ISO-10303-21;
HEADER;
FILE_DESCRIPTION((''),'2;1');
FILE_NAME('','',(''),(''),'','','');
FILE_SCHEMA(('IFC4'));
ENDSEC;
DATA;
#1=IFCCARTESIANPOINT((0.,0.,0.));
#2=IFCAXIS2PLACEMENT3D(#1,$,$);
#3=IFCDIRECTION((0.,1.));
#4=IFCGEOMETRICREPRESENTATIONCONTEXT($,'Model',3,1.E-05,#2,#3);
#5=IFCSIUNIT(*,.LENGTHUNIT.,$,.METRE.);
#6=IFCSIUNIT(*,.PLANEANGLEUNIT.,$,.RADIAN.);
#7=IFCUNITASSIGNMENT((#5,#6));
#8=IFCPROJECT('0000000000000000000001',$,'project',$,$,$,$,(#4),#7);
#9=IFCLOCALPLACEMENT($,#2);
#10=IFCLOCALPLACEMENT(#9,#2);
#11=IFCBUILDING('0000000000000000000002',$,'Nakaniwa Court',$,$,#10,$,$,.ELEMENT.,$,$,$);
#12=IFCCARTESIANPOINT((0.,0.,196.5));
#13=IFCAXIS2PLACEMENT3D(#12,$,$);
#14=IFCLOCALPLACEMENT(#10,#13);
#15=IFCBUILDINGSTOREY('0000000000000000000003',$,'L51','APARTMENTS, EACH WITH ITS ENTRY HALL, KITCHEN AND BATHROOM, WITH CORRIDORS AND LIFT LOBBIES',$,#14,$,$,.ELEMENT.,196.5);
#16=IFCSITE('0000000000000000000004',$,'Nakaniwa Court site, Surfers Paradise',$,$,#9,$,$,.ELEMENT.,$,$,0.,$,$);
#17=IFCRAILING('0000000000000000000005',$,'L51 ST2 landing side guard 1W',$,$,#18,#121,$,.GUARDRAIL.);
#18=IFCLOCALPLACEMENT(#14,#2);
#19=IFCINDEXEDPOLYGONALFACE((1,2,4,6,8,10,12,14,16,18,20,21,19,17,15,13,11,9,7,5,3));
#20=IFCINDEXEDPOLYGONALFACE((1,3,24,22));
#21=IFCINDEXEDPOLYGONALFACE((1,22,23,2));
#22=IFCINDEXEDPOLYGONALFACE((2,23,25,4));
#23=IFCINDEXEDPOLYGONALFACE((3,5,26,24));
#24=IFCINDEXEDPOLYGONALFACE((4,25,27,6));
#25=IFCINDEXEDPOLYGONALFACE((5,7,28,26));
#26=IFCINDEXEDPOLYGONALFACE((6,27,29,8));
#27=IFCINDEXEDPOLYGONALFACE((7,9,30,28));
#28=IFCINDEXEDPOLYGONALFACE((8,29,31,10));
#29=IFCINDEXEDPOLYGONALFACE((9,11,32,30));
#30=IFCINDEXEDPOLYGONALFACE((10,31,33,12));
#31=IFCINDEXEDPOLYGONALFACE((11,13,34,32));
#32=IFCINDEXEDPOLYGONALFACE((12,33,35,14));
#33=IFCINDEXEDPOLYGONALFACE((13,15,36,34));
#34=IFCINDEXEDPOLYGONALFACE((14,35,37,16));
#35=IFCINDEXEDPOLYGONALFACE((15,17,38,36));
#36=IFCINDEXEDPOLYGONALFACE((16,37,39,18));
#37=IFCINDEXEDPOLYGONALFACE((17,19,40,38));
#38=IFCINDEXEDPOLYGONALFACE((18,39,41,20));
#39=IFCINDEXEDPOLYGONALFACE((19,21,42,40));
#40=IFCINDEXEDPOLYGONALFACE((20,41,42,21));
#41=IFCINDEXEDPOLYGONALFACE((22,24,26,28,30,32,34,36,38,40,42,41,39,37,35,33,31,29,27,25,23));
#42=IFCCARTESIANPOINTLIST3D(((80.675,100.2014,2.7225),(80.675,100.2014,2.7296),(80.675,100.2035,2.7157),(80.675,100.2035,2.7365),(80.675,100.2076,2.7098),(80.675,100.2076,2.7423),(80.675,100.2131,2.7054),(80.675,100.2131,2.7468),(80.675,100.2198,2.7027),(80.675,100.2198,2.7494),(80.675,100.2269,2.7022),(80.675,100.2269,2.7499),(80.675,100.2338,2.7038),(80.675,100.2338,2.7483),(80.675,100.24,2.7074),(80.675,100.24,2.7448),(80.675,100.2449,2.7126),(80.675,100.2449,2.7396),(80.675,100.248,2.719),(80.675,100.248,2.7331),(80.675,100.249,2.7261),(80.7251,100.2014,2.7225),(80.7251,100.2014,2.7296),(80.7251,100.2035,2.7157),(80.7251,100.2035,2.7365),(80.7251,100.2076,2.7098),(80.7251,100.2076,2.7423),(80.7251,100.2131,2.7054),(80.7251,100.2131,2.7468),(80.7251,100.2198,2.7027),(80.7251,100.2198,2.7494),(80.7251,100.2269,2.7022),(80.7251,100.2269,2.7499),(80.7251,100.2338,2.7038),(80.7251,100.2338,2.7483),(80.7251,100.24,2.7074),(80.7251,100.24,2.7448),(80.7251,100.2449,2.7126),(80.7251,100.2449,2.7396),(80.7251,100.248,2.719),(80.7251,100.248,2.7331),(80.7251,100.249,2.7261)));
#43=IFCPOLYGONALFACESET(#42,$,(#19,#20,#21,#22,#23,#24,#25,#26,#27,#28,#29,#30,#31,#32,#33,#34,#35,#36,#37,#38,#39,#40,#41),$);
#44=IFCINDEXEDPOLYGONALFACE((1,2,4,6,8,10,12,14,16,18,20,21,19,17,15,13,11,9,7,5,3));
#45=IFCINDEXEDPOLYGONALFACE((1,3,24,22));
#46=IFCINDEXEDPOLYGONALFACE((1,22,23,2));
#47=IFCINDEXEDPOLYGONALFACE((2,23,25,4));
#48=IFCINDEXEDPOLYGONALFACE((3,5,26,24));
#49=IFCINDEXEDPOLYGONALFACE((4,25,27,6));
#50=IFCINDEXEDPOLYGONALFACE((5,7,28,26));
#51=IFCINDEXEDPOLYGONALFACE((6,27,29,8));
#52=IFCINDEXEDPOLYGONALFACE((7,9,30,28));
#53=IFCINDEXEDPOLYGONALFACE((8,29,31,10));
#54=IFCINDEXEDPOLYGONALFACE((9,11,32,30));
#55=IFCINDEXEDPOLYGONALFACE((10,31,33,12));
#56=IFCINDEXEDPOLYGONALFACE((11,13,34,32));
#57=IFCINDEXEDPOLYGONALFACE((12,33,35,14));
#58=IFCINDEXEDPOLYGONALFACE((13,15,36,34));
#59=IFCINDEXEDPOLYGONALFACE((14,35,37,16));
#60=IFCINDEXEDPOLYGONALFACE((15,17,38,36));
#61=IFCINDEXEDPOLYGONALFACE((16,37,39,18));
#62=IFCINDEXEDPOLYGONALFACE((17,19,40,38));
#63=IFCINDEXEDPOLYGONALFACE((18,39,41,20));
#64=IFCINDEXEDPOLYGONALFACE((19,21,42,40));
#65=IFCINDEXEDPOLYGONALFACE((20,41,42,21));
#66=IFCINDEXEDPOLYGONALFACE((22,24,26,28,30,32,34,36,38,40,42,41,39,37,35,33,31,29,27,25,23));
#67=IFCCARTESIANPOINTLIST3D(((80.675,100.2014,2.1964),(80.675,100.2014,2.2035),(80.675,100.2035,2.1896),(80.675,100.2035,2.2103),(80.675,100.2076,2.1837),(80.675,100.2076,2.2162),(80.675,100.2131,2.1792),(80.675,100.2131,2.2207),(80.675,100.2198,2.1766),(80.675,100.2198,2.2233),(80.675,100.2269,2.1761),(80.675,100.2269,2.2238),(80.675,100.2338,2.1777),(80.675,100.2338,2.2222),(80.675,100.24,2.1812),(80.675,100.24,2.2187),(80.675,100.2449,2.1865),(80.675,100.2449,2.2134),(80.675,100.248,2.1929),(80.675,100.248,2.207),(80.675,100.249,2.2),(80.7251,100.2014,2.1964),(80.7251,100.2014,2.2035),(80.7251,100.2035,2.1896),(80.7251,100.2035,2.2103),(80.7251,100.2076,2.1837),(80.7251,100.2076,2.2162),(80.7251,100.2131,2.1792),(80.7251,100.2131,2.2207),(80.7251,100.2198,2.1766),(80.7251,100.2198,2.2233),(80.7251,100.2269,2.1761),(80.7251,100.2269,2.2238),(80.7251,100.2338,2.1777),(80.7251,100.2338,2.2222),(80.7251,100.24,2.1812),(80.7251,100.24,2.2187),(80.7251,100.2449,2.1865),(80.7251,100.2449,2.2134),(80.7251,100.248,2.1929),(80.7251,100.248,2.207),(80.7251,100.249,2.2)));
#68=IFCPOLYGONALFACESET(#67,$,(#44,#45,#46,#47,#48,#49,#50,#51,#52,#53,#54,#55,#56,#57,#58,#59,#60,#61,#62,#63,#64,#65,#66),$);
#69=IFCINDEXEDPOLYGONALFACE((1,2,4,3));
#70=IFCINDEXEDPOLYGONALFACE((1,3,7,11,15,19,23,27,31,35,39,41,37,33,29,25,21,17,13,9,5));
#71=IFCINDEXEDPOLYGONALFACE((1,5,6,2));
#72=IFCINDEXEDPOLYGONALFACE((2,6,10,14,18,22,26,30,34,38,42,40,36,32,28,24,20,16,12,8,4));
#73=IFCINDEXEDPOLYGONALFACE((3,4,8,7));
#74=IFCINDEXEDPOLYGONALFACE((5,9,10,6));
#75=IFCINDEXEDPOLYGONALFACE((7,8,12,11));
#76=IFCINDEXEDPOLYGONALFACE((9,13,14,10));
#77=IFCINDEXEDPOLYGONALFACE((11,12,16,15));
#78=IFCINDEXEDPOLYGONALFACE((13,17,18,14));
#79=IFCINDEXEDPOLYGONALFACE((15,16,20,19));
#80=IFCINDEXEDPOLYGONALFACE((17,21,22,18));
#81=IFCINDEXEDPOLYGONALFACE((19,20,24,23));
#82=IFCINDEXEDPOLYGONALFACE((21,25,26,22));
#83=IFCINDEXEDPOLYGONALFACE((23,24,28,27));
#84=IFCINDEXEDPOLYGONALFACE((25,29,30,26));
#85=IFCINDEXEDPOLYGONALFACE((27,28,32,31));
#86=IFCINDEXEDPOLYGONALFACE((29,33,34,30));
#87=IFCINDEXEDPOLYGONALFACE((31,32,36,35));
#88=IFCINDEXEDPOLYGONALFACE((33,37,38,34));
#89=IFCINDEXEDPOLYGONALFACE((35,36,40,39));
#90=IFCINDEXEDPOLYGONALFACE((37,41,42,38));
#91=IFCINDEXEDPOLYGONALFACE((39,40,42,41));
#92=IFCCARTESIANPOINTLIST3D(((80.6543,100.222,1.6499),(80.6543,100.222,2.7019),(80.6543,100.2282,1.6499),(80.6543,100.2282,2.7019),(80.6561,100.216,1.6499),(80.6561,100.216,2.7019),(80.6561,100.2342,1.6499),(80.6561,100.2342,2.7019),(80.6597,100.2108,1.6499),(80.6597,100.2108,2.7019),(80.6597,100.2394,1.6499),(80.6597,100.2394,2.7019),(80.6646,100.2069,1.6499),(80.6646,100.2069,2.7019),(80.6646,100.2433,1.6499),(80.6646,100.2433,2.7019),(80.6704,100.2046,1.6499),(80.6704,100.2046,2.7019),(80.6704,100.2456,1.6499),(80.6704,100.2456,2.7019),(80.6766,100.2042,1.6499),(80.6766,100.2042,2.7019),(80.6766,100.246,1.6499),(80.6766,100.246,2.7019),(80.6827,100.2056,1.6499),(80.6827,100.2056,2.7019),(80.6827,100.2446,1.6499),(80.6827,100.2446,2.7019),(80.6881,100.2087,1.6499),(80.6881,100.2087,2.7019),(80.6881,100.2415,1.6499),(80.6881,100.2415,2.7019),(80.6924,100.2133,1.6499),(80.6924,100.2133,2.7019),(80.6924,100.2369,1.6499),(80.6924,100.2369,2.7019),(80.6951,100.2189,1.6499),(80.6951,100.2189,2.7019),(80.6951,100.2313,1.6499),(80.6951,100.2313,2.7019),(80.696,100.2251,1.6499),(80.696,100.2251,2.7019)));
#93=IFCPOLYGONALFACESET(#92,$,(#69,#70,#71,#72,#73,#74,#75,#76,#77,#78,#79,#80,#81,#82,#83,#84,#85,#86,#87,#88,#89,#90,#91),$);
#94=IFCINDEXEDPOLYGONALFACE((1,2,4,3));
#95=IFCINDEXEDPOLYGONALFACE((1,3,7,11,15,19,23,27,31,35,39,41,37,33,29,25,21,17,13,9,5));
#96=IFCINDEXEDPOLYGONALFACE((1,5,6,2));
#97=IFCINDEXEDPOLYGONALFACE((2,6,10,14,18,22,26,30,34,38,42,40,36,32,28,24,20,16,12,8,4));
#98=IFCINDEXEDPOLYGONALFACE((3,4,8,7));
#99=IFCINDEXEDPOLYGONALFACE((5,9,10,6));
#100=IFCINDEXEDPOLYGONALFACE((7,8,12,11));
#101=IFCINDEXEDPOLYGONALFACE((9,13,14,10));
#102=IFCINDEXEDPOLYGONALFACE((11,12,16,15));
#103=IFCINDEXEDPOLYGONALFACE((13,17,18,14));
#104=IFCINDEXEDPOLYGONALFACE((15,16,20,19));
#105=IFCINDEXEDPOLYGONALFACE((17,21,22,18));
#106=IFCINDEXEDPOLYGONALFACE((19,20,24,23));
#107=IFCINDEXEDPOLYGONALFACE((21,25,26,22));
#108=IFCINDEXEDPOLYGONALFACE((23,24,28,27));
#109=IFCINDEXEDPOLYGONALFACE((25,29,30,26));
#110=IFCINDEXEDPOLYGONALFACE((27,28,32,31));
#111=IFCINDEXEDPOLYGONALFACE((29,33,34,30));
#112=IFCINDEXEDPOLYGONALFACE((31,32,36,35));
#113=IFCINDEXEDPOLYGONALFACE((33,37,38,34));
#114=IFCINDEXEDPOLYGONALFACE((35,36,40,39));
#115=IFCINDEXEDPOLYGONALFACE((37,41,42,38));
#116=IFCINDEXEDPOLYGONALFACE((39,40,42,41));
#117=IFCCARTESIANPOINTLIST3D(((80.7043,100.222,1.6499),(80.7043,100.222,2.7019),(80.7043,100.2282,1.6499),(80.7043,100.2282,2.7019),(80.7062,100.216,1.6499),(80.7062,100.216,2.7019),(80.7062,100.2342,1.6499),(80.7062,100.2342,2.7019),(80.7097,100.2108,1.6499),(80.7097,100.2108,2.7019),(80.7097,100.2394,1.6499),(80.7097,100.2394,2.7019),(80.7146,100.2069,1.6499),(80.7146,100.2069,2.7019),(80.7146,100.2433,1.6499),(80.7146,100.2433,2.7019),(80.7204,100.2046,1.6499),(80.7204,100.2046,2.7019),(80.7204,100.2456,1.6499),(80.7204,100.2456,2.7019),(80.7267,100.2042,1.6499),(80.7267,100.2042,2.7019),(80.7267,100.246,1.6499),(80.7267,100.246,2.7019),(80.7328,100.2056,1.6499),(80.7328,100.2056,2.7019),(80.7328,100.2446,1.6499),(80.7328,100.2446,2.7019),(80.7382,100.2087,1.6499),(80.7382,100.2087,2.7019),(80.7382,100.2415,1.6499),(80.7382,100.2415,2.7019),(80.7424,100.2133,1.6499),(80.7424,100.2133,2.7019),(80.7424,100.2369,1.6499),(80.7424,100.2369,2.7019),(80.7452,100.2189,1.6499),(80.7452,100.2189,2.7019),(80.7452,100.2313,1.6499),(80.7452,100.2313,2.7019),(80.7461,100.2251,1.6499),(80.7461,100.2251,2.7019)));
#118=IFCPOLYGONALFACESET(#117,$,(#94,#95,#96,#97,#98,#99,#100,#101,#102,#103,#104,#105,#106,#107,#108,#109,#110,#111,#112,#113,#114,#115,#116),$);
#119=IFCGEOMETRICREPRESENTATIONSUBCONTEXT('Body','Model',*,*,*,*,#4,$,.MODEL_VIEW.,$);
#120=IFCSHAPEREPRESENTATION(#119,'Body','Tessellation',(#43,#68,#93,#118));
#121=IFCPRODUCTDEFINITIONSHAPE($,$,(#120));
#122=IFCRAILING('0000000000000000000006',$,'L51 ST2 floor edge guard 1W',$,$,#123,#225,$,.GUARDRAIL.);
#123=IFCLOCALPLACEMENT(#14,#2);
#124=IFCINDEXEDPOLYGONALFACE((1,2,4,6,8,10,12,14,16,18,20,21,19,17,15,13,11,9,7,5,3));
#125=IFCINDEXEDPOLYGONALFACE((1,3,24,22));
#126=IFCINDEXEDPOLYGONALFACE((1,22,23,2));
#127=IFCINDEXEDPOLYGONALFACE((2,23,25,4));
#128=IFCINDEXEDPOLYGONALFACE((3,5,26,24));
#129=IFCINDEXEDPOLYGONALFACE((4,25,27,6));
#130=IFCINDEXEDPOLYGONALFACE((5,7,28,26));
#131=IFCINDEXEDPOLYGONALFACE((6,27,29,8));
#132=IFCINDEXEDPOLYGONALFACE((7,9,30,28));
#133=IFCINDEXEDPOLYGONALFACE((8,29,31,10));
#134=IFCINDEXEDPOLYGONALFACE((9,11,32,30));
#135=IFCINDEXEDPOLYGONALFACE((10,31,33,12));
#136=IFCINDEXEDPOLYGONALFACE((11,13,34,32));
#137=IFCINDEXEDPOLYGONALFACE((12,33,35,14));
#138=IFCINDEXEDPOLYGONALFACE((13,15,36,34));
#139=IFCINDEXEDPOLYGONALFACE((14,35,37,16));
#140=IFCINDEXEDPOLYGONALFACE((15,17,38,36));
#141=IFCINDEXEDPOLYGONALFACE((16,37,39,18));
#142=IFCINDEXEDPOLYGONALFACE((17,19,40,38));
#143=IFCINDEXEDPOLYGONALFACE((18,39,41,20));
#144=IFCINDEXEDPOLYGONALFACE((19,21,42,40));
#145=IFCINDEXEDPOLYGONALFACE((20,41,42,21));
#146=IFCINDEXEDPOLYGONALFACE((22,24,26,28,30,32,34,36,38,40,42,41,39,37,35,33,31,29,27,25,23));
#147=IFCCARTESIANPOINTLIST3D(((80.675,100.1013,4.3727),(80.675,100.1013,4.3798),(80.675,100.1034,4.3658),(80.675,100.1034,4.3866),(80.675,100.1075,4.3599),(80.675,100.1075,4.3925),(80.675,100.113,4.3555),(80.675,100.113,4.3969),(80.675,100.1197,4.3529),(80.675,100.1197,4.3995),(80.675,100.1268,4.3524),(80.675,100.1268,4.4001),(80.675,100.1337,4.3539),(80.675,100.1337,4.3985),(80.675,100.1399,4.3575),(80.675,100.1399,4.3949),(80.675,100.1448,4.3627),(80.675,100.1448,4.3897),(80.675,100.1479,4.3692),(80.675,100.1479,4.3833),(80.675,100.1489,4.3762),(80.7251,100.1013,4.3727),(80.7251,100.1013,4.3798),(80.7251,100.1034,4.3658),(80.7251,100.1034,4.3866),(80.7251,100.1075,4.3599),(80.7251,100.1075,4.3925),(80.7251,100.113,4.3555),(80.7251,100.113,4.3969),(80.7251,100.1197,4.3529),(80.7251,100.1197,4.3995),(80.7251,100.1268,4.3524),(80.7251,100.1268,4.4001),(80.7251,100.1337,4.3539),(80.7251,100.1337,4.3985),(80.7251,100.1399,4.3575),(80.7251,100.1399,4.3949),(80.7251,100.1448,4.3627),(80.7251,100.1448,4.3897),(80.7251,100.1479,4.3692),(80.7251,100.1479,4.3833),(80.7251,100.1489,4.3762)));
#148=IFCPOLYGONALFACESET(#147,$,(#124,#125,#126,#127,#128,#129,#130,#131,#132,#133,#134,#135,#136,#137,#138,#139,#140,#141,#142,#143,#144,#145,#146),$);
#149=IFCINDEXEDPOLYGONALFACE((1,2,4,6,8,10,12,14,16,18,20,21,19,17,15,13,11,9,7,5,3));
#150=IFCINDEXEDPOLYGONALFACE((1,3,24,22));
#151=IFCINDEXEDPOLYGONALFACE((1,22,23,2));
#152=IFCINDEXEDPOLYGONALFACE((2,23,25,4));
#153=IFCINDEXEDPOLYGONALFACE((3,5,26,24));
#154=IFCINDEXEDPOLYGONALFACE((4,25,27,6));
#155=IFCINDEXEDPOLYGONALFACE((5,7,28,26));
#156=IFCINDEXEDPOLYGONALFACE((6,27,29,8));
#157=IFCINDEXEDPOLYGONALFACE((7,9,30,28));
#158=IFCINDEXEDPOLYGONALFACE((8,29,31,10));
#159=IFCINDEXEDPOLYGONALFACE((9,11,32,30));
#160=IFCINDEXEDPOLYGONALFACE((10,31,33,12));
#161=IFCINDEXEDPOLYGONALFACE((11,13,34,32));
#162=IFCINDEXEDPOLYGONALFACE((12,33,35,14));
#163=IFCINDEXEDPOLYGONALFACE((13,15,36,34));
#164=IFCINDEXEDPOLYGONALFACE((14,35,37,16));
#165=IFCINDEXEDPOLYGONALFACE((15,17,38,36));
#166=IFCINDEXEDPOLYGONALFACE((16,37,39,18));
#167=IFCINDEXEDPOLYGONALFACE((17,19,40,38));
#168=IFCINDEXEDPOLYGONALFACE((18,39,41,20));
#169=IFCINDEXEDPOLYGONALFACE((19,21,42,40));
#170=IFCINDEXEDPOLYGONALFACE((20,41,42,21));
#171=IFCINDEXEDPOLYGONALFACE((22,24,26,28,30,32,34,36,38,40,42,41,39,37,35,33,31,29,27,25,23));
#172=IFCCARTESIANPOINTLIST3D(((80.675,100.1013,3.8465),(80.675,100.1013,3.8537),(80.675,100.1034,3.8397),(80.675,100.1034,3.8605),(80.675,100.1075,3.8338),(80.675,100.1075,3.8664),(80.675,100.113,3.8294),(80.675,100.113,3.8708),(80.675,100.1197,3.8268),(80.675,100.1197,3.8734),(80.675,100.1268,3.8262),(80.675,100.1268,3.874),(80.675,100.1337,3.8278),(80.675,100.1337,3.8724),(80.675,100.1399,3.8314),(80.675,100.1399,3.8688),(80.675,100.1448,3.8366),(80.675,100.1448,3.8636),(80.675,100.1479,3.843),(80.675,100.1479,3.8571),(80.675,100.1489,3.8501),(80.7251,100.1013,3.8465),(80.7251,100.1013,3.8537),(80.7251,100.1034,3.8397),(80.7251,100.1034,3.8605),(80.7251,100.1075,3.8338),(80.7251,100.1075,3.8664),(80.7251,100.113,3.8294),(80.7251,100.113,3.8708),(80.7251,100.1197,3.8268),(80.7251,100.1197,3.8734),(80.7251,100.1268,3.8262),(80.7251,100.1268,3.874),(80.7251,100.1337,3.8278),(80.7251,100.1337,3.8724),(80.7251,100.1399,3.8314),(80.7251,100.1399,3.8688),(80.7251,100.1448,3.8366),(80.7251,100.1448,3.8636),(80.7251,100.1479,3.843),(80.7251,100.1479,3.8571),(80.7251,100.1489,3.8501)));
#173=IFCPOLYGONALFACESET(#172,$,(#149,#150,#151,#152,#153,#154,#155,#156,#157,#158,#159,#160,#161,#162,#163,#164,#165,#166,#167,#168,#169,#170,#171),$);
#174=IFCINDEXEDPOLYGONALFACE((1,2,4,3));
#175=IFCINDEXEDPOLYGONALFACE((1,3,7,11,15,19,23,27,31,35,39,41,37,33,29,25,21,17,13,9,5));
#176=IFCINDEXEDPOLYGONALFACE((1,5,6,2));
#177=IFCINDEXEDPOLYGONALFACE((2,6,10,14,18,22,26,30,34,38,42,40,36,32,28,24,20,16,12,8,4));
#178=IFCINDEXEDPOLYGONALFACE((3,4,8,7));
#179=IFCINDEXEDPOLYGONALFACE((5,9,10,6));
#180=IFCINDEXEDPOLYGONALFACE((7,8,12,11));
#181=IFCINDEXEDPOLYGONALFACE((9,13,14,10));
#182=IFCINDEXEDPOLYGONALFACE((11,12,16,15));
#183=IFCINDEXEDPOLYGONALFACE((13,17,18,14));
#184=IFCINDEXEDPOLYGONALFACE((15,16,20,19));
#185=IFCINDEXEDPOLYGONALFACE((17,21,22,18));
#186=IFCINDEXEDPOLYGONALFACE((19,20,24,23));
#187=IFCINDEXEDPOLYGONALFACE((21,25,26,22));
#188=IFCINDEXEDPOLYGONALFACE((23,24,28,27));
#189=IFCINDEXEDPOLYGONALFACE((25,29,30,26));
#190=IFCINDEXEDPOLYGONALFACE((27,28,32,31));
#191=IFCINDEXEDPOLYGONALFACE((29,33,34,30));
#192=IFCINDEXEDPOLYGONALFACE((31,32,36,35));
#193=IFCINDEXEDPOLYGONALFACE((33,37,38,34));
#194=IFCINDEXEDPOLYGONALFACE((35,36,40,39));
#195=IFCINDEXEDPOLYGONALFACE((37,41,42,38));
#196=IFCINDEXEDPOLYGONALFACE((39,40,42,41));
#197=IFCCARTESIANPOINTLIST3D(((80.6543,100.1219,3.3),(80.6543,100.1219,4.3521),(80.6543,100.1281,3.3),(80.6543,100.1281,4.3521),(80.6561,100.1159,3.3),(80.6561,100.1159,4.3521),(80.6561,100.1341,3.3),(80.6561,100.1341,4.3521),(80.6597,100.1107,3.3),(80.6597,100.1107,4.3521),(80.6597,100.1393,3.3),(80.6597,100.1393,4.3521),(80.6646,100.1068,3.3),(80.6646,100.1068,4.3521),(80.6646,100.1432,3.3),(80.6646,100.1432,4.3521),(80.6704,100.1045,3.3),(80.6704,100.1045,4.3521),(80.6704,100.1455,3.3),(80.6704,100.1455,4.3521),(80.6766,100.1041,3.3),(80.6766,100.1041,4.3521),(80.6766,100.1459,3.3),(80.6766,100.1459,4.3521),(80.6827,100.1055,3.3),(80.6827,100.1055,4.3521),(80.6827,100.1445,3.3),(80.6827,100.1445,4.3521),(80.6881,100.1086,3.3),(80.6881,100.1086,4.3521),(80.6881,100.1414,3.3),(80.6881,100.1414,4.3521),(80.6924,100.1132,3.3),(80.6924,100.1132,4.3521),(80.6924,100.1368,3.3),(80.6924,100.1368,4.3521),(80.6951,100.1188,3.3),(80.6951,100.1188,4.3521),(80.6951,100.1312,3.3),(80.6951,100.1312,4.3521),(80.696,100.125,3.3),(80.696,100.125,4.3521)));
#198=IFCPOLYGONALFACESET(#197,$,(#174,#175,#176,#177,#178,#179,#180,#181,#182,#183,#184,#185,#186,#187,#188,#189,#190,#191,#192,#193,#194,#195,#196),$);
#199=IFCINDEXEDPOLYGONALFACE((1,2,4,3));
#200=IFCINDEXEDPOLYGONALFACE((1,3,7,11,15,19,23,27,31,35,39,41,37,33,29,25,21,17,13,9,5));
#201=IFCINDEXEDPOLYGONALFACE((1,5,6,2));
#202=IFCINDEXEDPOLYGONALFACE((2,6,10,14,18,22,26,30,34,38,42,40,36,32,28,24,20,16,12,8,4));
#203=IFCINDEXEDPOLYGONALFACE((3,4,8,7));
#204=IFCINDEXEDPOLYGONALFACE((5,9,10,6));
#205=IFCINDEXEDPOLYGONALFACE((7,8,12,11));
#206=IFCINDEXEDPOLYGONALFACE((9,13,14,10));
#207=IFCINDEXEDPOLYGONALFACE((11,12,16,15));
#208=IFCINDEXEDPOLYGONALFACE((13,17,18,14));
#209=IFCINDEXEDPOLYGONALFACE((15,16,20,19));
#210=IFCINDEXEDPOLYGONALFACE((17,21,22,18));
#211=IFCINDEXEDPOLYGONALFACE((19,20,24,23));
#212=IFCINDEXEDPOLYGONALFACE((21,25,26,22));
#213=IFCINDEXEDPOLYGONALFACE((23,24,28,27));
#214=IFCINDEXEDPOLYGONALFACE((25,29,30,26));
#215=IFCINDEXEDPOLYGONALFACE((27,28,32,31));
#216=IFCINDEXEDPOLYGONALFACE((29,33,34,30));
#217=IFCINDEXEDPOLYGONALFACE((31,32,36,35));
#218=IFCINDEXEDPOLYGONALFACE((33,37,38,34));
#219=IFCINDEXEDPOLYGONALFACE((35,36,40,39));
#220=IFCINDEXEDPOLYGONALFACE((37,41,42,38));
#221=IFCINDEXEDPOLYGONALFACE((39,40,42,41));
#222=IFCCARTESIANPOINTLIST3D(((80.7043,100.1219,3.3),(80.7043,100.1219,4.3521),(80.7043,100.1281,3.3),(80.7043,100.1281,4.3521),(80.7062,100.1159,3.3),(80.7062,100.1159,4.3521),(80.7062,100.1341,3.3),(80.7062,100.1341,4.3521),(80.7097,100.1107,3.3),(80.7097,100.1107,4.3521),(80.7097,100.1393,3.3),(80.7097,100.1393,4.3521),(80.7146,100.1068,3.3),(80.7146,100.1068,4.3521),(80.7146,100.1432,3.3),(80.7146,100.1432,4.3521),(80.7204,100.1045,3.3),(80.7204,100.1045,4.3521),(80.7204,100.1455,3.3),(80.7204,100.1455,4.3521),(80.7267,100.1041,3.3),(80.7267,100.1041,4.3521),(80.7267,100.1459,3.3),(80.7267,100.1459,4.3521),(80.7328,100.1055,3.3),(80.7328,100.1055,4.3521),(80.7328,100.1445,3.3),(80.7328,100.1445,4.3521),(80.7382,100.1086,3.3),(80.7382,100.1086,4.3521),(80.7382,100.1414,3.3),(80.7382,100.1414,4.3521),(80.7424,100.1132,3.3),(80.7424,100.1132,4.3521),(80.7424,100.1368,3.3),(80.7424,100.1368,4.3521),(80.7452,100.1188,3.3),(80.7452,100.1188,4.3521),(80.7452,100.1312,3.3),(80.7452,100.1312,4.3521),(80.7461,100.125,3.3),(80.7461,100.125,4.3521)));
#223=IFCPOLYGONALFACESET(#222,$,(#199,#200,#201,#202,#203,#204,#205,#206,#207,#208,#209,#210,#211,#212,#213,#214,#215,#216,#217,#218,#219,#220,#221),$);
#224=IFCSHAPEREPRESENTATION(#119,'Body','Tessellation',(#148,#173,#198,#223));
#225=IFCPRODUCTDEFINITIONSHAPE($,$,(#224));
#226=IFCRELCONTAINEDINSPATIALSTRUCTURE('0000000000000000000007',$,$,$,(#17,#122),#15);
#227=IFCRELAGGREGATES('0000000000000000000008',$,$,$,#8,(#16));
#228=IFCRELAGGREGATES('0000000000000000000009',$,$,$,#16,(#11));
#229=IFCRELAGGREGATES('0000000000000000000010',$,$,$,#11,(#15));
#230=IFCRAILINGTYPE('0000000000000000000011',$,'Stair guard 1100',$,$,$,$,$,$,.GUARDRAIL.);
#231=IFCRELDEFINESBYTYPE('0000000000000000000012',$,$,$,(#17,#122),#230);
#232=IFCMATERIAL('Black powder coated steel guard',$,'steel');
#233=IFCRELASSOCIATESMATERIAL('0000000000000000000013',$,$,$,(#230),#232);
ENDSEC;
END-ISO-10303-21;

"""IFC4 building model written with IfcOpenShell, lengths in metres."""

from ifc_helpers import new_model, si_unit, direction, frame, origin, origin_2d, place, context, subcontext, project, spatial, circle, extrude, material, type_object, element, save


model = new_model("IFC4")

# Units and contexts
model_context = context("Model", 3, precision=1e-05, world=origin(), true_north=direction((0.0, 1.0)))
body_context = subcontext(model_context, "Body", "Model", "MODEL_VIEW")
ifc_project = project(units=[si_unit("LENGTHUNIT", "METRE"), si_unit("PLANEANGLEUNIT", "RADIAN")], contexts=[model_context])

# Site, building, storey
site_placement = place(None, origin())
site = spatial("IfcSite", under=ifc_project, at=site_placement, Name="Nakaniwa Court site, Surfers Paradise", CompositionType="ELEMENT", RefElevation=0.0)
building_placement = place(site_placement, origin())
building = spatial("IfcBuilding", under=site, at=building_placement, Name="Nakaniwa Court", CompositionType="ELEMENT")
storey_placement = place(building_placement, frame((0.0, 0.0, 196.5)))
storey = spatial("IfcBuildingStorey", under=building, at=storey_placement, Name="L51", Description="APARTMENTS, EACH WITH ITS ENTRY HALL, KITCHEN AND BATHROOM, WITH CORRIDORS AND LIFT LOBBIES", CompositionType="ELEMENT", Elevation=196.5)

# Railings
ifc_material_1 = material(Name="Black powder coated steel guard", Category="steel")
railing_type_1 = type_object("IfcRailingType", Name="Stair guard 1100", PredefinedType="GUARDRAIL", material=ifc_material_1)
for number, where, name in (
    (1, (80.675, 100.2251, 1.6499), "L51 ST2 landing side guard 1W"),
    (2, (80.675, 100.125, 3.3), "L51 ST2 floor edge guard 1W"),
):
    element("IfcRailing", number, at=place(storey_placement, frame(where)), inside=storey, type_object=railing_type_1, Name=name, PredefinedType="GUARDRAIL", context=body_context, shape_type="SweptSolid", body=[
        extrude(circle(Radius=0.0239, at=origin_2d()), frame((0.0, 0.0, 1.0762), z_axis=(1.0, 0.0, 0.0), x_axis=(0.0, 1.0, 0.0)), (0.0, 0.0, 1.0), 0.05),
        extrude(circle(Radius=0.0239, at=origin_2d()), frame((0.0, 0.0, 0.55), z_axis=(1.0, 0.0, 0.0), x_axis=(0.0, 1.0, 0.0)), (0.0, 0.0, 1.0), 0.05),
        extrude(circle(Radius=0.021, at=origin_2d()), origin(), (0.0, 0.0, 1.0), 1.052),
        extrude(circle(Radius=0.021, at=origin_2d()), frame((0.05, 0.0, 0.0)), (0.0, 0.0, 1.0), 1.052),
    ])

save(model, "model.ifc")
